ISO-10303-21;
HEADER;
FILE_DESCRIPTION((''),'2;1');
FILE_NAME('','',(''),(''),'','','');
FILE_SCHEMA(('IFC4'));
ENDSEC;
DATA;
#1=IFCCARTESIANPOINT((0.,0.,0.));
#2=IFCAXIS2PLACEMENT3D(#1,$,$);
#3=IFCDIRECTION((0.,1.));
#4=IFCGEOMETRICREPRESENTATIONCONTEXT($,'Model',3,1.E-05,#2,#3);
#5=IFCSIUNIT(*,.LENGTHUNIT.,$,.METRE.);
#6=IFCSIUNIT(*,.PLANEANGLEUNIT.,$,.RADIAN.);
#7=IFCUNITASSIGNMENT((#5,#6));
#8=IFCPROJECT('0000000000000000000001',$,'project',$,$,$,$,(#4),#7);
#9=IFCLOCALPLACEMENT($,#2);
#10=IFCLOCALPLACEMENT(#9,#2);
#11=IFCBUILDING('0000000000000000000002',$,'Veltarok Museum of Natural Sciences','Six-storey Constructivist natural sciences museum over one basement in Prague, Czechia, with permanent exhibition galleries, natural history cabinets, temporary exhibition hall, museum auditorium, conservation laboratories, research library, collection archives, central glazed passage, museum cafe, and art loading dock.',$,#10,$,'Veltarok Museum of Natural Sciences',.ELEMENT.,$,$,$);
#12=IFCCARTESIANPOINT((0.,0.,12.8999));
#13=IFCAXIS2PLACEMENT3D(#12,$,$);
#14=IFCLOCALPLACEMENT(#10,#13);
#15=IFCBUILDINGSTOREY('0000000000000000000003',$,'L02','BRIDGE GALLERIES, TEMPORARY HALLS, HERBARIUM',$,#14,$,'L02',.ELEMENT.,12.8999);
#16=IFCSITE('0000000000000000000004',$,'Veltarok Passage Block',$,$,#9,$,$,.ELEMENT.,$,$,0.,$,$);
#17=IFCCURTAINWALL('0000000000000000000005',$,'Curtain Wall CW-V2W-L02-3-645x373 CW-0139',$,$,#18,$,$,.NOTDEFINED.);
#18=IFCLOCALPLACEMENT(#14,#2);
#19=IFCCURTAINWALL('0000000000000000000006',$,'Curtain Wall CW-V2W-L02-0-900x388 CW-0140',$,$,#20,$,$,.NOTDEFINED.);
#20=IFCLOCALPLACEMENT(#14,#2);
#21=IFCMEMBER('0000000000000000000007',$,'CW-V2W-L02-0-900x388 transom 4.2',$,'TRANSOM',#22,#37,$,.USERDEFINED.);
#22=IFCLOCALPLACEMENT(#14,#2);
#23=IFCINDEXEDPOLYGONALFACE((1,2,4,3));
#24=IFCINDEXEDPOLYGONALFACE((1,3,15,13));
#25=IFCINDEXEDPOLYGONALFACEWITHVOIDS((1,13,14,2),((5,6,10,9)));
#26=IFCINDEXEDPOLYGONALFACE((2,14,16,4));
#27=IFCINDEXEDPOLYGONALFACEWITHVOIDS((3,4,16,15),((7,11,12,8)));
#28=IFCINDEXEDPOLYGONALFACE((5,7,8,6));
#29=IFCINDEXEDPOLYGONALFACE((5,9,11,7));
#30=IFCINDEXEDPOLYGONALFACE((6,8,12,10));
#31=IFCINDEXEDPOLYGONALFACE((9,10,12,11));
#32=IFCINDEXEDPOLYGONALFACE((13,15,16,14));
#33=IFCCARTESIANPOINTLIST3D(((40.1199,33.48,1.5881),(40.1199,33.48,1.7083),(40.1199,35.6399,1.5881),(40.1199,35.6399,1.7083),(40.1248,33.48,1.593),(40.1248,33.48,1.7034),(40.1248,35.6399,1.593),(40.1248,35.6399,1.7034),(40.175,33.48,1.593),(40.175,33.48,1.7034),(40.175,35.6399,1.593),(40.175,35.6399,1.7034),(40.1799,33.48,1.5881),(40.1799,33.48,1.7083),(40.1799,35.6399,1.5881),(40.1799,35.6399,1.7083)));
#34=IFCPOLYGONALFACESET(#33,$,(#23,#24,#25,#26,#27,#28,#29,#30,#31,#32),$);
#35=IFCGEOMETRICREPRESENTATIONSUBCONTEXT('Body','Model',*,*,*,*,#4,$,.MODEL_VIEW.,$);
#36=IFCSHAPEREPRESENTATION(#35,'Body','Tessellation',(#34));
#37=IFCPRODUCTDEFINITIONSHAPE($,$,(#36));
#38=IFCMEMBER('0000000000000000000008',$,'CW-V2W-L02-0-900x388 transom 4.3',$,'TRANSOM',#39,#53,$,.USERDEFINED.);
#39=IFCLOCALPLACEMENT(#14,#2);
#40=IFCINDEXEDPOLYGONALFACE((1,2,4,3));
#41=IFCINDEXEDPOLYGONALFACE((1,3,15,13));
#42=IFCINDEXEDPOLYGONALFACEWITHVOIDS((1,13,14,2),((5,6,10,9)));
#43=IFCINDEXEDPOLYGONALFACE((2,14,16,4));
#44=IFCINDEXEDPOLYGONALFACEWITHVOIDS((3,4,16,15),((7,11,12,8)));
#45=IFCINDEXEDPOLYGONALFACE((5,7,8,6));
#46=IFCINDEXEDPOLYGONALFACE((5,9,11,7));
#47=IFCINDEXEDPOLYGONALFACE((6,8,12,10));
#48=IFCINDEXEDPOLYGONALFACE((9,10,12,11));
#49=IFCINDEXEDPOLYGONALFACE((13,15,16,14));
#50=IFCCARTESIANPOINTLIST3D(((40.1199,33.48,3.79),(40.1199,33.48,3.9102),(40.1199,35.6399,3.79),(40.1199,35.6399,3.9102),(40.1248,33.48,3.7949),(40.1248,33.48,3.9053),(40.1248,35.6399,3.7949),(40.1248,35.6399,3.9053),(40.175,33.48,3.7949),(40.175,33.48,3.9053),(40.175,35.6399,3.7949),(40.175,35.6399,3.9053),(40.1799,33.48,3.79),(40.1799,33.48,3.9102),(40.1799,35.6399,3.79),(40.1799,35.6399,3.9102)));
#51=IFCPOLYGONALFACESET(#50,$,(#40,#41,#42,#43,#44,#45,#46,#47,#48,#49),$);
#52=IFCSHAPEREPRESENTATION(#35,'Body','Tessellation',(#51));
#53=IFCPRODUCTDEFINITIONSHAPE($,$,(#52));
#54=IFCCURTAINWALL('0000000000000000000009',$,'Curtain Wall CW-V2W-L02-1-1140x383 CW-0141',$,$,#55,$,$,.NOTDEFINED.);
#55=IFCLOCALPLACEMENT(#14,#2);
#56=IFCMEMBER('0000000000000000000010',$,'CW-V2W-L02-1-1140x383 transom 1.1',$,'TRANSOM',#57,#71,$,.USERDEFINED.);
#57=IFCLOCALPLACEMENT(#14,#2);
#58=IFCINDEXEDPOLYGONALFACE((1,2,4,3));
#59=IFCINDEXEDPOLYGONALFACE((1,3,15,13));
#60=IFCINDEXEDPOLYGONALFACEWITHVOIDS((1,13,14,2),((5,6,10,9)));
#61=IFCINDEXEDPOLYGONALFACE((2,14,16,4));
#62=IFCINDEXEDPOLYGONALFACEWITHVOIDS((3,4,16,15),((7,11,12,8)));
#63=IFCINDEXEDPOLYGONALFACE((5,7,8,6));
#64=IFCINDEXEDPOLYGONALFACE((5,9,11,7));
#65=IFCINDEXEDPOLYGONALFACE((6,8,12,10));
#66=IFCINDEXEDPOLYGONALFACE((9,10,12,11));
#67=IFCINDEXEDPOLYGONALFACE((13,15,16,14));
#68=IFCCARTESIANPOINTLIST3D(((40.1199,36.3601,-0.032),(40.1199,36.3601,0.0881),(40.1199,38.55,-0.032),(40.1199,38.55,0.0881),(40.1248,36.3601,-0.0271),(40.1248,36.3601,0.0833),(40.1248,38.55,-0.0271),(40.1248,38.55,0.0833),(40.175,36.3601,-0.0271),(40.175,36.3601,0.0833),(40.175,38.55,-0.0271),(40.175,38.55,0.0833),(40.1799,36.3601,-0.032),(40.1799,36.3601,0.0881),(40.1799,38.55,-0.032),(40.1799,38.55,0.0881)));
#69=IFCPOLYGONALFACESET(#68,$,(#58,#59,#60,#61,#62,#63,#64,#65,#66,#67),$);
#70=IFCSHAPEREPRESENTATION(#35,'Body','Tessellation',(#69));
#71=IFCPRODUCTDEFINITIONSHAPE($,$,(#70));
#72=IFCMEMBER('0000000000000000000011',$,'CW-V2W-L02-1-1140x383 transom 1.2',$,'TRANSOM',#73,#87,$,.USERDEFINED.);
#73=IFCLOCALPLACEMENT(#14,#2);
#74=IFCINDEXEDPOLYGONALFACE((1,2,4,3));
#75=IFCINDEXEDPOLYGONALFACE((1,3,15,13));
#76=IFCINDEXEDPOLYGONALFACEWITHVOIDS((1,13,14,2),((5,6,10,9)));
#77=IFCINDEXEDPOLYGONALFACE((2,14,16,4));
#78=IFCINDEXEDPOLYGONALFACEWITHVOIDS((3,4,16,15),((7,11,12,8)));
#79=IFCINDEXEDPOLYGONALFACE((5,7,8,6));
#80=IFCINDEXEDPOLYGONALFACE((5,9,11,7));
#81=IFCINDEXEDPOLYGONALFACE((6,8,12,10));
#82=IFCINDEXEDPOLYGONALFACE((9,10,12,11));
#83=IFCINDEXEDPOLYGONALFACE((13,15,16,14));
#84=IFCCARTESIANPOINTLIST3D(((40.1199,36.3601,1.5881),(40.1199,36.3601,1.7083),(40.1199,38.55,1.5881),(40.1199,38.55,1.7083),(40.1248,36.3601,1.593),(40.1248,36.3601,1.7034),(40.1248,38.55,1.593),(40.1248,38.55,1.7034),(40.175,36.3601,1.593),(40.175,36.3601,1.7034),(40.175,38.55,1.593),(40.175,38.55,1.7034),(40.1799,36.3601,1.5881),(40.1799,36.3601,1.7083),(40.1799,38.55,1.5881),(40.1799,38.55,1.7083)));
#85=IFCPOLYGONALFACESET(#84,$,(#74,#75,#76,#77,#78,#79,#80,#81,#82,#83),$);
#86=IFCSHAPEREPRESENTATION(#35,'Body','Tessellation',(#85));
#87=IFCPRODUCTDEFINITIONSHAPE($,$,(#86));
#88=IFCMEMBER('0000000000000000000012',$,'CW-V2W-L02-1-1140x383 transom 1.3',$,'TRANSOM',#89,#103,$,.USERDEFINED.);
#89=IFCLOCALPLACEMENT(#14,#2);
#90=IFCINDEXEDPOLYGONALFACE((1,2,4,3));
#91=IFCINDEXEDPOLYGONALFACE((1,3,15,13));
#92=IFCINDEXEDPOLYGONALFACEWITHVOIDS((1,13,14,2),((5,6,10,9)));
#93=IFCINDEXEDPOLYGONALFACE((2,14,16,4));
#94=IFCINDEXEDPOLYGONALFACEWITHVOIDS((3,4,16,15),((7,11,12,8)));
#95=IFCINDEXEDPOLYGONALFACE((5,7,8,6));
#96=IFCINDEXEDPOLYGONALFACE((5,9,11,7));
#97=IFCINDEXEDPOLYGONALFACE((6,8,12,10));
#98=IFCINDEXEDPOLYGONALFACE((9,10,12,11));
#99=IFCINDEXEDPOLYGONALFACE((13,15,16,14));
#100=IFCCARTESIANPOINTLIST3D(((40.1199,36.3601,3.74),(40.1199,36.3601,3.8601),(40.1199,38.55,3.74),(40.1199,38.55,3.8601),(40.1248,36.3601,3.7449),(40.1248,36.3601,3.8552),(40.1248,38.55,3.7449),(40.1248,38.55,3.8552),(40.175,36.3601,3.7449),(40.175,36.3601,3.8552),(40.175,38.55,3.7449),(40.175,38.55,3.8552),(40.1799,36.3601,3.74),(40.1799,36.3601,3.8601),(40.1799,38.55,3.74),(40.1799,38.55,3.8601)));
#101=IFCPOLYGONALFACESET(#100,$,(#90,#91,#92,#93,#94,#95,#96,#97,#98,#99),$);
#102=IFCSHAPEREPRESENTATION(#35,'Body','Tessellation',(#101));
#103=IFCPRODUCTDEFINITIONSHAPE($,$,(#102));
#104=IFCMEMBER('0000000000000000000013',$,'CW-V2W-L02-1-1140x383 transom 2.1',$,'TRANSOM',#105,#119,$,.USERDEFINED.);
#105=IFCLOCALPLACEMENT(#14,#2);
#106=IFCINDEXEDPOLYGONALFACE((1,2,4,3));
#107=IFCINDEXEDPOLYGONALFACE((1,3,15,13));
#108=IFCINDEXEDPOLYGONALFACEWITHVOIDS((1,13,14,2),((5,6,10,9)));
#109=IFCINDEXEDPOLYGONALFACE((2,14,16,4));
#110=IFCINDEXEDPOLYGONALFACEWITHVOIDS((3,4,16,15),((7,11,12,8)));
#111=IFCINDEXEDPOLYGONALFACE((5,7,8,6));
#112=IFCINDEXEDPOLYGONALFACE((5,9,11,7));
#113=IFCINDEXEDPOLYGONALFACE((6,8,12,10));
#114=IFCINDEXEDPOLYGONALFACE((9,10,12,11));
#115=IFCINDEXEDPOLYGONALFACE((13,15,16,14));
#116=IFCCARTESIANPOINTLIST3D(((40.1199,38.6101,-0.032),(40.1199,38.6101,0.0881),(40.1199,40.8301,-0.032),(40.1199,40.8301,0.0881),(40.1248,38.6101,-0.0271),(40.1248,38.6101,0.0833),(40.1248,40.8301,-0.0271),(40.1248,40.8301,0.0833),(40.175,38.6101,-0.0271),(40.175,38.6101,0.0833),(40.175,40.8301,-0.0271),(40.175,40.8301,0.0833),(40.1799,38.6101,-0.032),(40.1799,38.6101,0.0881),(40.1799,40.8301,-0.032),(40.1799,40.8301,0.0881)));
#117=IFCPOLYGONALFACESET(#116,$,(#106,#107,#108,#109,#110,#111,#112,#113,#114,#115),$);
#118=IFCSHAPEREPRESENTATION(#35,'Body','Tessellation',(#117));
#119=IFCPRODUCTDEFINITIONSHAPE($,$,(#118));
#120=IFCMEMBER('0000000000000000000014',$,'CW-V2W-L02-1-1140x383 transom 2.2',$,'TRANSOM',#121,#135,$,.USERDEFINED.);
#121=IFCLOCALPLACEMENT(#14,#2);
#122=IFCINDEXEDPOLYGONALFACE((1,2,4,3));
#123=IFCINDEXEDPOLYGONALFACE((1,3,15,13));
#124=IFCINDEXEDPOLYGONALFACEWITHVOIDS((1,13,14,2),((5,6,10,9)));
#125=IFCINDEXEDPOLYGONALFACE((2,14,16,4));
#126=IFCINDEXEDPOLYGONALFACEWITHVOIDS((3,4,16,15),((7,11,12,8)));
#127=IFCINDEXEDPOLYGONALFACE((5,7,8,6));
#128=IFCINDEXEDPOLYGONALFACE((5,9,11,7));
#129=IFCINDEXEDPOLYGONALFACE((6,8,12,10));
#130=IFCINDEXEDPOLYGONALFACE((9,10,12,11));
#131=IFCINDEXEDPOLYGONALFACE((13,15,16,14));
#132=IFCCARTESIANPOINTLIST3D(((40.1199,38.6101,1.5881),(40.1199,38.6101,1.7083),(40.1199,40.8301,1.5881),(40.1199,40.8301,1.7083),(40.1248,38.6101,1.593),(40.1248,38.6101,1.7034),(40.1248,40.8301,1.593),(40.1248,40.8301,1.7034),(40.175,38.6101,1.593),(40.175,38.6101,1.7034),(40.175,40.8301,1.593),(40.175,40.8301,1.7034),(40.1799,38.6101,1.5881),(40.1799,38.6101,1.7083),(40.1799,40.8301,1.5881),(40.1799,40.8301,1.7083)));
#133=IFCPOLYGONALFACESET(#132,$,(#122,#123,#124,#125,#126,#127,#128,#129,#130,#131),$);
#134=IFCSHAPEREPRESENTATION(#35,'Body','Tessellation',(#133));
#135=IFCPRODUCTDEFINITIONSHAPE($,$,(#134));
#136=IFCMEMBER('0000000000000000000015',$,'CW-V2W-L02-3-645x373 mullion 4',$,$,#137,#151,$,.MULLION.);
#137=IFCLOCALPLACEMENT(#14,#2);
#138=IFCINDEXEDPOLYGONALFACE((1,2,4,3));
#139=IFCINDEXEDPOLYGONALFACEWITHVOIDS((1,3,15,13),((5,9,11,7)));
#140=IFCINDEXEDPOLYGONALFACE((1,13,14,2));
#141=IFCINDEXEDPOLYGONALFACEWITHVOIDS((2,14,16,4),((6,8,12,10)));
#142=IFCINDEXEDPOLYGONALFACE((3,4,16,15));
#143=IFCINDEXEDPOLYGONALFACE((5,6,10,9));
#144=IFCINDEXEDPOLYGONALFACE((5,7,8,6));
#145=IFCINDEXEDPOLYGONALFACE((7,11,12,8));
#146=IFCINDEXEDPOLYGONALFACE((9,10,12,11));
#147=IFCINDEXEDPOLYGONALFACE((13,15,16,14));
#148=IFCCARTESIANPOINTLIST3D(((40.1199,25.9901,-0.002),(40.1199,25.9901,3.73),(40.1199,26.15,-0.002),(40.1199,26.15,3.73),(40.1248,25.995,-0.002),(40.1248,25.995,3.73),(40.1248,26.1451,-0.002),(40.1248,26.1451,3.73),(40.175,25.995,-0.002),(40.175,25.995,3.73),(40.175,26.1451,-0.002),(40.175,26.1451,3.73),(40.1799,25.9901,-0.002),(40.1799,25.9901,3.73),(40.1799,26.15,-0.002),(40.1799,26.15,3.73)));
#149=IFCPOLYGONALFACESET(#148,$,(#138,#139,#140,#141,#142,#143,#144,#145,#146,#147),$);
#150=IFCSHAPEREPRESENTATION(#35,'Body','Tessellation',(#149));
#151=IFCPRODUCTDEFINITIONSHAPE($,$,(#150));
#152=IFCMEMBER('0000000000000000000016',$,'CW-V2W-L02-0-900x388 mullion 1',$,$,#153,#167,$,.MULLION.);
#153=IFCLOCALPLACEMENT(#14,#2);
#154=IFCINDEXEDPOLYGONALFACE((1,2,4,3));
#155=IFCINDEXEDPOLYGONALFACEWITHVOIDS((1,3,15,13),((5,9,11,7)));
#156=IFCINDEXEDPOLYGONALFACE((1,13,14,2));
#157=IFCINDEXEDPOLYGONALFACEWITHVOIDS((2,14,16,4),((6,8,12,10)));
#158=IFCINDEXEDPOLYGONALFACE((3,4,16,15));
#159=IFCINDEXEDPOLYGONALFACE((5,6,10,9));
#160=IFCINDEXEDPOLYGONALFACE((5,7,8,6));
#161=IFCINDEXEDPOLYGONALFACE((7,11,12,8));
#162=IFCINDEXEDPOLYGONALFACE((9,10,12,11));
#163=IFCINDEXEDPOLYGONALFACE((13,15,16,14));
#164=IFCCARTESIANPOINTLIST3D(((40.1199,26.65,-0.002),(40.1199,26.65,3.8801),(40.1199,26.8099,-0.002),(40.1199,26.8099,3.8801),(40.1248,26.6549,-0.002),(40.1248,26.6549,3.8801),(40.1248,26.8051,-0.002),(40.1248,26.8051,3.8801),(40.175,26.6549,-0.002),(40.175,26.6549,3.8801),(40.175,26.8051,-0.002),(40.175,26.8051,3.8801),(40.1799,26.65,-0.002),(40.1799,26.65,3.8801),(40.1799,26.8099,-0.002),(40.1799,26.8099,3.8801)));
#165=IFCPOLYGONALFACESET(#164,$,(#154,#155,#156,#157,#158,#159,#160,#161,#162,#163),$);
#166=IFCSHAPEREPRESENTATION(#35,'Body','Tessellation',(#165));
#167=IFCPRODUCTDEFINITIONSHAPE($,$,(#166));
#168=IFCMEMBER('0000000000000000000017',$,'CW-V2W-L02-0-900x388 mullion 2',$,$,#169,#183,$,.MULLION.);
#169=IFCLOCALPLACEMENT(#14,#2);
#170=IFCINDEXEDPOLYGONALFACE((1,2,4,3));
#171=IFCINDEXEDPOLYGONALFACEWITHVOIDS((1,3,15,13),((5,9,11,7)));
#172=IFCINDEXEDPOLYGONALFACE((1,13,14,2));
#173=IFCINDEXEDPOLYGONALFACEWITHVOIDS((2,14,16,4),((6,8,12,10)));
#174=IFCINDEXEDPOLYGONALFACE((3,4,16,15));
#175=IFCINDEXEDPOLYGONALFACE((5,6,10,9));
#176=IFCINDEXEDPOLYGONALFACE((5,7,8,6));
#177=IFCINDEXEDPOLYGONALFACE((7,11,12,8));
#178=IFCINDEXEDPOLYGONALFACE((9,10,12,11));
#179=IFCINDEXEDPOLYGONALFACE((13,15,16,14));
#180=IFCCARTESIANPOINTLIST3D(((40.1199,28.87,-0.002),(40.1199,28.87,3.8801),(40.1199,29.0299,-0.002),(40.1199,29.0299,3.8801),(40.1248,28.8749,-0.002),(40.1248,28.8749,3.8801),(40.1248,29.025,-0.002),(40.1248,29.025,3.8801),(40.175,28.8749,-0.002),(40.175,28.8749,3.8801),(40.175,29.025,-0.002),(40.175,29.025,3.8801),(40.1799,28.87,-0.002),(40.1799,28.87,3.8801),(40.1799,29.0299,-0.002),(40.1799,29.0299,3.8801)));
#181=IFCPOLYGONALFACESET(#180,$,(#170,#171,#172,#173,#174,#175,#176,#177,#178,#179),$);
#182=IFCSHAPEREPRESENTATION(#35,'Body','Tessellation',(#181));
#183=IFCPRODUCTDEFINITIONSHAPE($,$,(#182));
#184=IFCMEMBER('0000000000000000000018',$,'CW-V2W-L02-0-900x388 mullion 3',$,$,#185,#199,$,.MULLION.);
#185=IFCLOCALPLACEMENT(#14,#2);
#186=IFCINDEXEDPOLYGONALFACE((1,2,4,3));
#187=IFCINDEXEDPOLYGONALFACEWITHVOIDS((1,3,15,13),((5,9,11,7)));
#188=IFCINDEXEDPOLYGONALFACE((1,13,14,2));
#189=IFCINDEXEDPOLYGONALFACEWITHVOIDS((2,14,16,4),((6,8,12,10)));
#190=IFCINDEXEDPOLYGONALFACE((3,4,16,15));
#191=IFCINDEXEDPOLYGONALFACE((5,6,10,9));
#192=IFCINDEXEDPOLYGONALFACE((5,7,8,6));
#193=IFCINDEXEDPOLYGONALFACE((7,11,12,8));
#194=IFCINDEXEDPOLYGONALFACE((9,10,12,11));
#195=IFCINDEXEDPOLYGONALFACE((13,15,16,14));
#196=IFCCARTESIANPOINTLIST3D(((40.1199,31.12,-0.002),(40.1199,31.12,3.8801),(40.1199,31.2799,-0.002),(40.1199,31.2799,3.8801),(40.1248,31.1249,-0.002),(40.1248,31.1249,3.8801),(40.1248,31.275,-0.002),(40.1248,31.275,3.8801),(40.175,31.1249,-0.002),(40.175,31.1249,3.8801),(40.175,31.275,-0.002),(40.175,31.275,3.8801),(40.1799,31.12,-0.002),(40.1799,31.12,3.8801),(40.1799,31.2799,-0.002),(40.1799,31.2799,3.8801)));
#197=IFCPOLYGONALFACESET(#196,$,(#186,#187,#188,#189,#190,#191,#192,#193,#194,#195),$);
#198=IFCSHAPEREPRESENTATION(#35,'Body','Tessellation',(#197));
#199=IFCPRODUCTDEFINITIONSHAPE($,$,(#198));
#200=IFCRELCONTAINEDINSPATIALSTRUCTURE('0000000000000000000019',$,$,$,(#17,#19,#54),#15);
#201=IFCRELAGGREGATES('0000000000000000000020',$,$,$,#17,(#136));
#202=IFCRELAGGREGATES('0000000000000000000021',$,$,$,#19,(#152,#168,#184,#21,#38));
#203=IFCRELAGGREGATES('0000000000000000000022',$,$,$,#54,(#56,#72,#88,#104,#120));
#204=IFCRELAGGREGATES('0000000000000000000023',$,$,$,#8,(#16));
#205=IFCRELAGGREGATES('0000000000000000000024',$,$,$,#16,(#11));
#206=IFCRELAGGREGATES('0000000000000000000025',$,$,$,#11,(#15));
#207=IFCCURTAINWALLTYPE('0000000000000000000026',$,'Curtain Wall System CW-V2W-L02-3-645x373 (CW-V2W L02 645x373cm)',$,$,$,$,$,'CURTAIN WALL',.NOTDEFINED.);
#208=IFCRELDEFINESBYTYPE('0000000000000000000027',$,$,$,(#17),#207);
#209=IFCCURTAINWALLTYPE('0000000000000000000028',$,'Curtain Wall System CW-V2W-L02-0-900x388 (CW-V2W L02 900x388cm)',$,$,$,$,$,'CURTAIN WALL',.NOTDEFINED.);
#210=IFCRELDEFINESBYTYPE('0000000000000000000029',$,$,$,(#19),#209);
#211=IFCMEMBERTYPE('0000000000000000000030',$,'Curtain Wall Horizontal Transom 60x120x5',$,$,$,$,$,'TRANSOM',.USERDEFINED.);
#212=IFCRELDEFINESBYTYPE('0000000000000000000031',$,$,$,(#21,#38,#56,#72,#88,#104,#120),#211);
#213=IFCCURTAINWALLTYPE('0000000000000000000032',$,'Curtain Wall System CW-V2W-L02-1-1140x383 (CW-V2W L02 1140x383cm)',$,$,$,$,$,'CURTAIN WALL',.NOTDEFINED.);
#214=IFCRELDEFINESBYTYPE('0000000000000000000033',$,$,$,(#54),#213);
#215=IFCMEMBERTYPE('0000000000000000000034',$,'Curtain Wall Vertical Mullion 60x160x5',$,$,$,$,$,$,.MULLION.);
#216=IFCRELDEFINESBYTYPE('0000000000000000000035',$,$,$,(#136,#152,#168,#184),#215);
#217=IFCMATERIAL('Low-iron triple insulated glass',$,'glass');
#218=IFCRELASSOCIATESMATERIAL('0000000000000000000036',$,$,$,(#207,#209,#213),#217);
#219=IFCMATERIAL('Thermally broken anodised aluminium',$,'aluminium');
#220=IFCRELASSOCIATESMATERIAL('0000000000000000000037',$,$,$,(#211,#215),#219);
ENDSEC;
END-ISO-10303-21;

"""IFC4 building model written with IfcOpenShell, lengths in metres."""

from ifc_helpers import new_model, si_unit, direction, frame, origin, origin_2d, place, context, subcontext, project, spatial, hollow_rectangle, extrude, material, material_profile, profile_set, type_object, element, aggregate, save


model = new_model("IFC4")

# Units and contexts
model_context = context("Model", 3, precision=1e-05, world=origin(), true_north=direction((0.0, 1.0)))
body_context = subcontext(model_context, "Body", "Model", "MODEL_VIEW")
ifc_project = project(units=[si_unit("LENGTHUNIT", "METRE"), si_unit("PLANEANGLEUNIT", "RADIAN")], contexts=[model_context])

# Site, building, storey
site_placement = place(None, origin())
site = spatial("IfcSite", under=ifc_project, at=site_placement, Name="Veltarok Passage Block", CompositionType="ELEMENT", RefElevation=0.0)
building_placement = place(site_placement, origin())
building = spatial("IfcBuilding", under=site, at=building_placement, Name="Veltarok Museum of Natural Sciences", Description="Six-storey Constructivist natural sciences museum over one basement in Prague, Czechia, with permanent exhibition galleries, natural history cabinets, temporary exhibition hall, museum auditorium, conservation laboratories, research library, collection archives, central glazed passage, museum cafe, and art loading dock.", LongName="Veltarok Museum of Natural Sciences", CompositionType="ELEMENT")
storey_placement = place(building_placement, frame((0.0, 0.0, 12.8999)))
storey = spatial("IfcBuildingStorey", under=building, at=storey_placement, Name="L02", Description="BRIDGE GALLERIES, TEMPORARY HALLS, HERBARIUM", LongName="L02", CompositionType="ELEMENT", Elevation=12.8999)

# Curtain wall
ifc_material_1 = material(Name="Low-iron triple insulated glass", Category="glass")
curtain_wall_type_1 = type_object("IfcCurtainWallType", Name="Curtain Wall System CW-V2W-L02-3-645x373 (CW-V2W L02 645x373cm)", ElementType="CURTAIN WALL", PredefinedType="NOTDEFINED", material=ifc_material_1)
curtain_wall_1_placement = place(storey_placement, origin())
curtain_wall_1 = element("IfcCurtainWall", 1, at=curtain_wall_1_placement, inside=storey, type_object=curtain_wall_type_1, Name="Curtain Wall CW-V2W-L02-3-645x373 CW-0139", PredefinedType="NOTDEFINED")
ifc_material_2 = material(Name="Thermally broken anodised aluminium", Category="aluminium")
ifc_material_profile_1 = material_profile(ifc_material_2, hollow_rectangle(XDim=0.0601, YDim=0.1201, WallThickness=0.0049, at=origin_2d()), Name="CW TRANSOM 60x120x5")
ifc_profile_set_1 = profile_set([ifc_material_profile_1], Name="Thermally broken anodised aluminium")
member_type_1 = type_object("IfcMemberType", Name="Curtain Wall Horizontal Transom 60x120x5", ElementType="TRANSOM", PredefinedType="USERDEFINED", material=ifc_profile_set_1)

# Curtain walls, members
curtain_wall_type_2 = type_object("IfcCurtainWallType", Name="Curtain Wall System CW-V2W-L02-0-900x388 (CW-V2W L02 900x388cm)", ElementType="CURTAIN WALL", PredefinedType="NOTDEFINED", material=ifc_material_1)
curtain_wall_2_placement = place(storey_placement, origin())
curtain_wall_2 = element("IfcCurtainWall", 2, at=curtain_wall_2_placement, inside=storey, type_object=curtain_wall_type_2, Name="Curtain Wall CW-V2W-L02-0-900x388 CW-0140", PredefinedType="NOTDEFINED")
member_1_placement = place(storey_placement, frame((40.1499, 33.48, 1.6482), z_axis=(0.0, 1.0, 0.0), x_axis=(-1.0, 0.0, 0.0)))
member_1 = element("IfcMember", 3, at=member_1_placement, type_object=member_type_1, Name="CW-V2W-L02-0-900x388 transom 4.2", ObjectType="TRANSOM", PredefinedType="USERDEFINED", context=body_context, shape_type="SweptSolid", body=[
    extrude(hollow_rectangle(XDim=0.0601, YDim=0.1201, WallThickness=0.0049, at=origin_2d()), origin(), (0.0, 0.0, 1.0), 2.1599),
])
member_2_placement = place(storey_placement, frame((40.1499, 33.48, 3.8501), z_axis=(0.0, 1.0, 0.0), x_axis=(-1.0, 0.0, 0.0)))
member_2 = element("IfcMember", 4, at=member_2_placement, type_object=member_type_1, Name="CW-V2W-L02-0-900x388 transom 4.3", ObjectType="TRANSOM", PredefinedType="USERDEFINED", context=body_context, shape_type="SweptSolid", body=[
    extrude(hollow_rectangle(XDim=0.0601, YDim=0.1201, WallThickness=0.0049, at=origin_2d()), origin(), (0.0, 0.0, 1.0), 2.1599),
])
curtain_wall_type_3 = type_object("IfcCurtainWallType", Name="Curtain Wall System CW-V2W-L02-1-1140x383 (CW-V2W L02 1140x383cm)", ElementType="CURTAIN WALL", PredefinedType="NOTDEFINED", material=ifc_material_1)
curtain_wall_3_placement = place(storey_placement, origin())
curtain_wall_3 = element("IfcCurtainWall", 5, at=curtain_wall_3_placement, inside=storey, type_object=curtain_wall_type_3, Name="Curtain Wall CW-V2W-L02-1-1140x383 CW-0141", PredefinedType="NOTDEFINED")
member_3_placement = place(storey_placement, frame((40.1499, 36.3601, 0.0281), z_axis=(0.0, 1.0, 0.0), x_axis=(-1.0, 0.0, 0.0)))
member_3 = element("IfcMember", 6, at=member_3_placement, type_object=member_type_1, Name="CW-V2W-L02-1-1140x383 transom 1.1", ObjectType="TRANSOM", PredefinedType="USERDEFINED", context=body_context, shape_type="SweptSolid", body=[
    extrude(hollow_rectangle(XDim=0.0601, YDim=0.1201, WallThickness=0.0049, at=origin_2d()), origin(), (0.0, 0.0, 1.0), 2.1899),
])
member_4_placement = place(storey_placement, frame((40.1499, 36.3601, 1.6482), z_axis=(0.0, 1.0, 0.0), x_axis=(-1.0, 0.0, 0.0)))
member_4 = element("IfcMember", 7, at=member_4_placement, type_object=member_type_1, Name="CW-V2W-L02-1-1140x383 transom 1.2", ObjectType="TRANSOM", PredefinedType="USERDEFINED", context=body_context, shape_type="SweptSolid", body=[
    extrude(hollow_rectangle(XDim=0.0601, YDim=0.1201, WallThickness=0.0049, at=origin_2d()), origin(), (0.0, 0.0, 1.0), 2.1899),
])
member_5_placement = place(storey_placement, frame((40.1499, 36.3601, 3.8), z_axis=(0.0, 1.0, 0.0), x_axis=(-1.0, 0.0, 0.0)))
member_5 = element("IfcMember", 8, at=member_5_placement, type_object=member_type_1, Name="CW-V2W-L02-1-1140x383 transom 1.3", ObjectType="TRANSOM", PredefinedType="USERDEFINED", context=body_context, shape_type="SweptSolid", body=[
    extrude(hollow_rectangle(XDim=0.0601, YDim=0.1201, WallThickness=0.0049, at=origin_2d()), origin(), (0.0, 0.0, 1.0), 2.1899),
])
member_6_placement = place(storey_placement, frame((40.1499, 38.6101, 0.0281), z_axis=(0.0, 1.0, 0.0), x_axis=(-1.0, 0.0, 0.0)))
member_6 = element("IfcMember", 9, at=member_6_placement, type_object=member_type_1, Name="CW-V2W-L02-1-1140x383 transom 2.1", ObjectType="TRANSOM", PredefinedType="USERDEFINED", context=body_context, shape_type="SweptSolid", body=[
    extrude(hollow_rectangle(XDim=0.0601, YDim=0.1201, WallThickness=0.0049, at=origin_2d()), origin(), (0.0, 0.0, 1.0), 2.22),
])
member_7_placement = place(storey_placement, frame((40.1499, 38.6101, 1.6482), z_axis=(0.0, 1.0, 0.0), x_axis=(-1.0, 0.0, 0.0)))
member_7 = element("IfcMember", 10, at=member_7_placement, type_object=member_type_1, Name="CW-V2W-L02-1-1140x383 transom 2.2", ObjectType="TRANSOM", PredefinedType="USERDEFINED", context=body_context, shape_type="SweptSolid", body=[
    extrude(hollow_rectangle(XDim=0.0601, YDim=0.1201, WallThickness=0.0049, at=origin_2d()), origin(), (0.0, 0.0, 1.0), 2.22),
])

# Members
ifc_material_profile_2 = material_profile(ifc_material_2, hollow_rectangle(XDim=0.0601, YDim=0.1599, WallThickness=0.0049, at=origin_2d()), Name="CW MULLION 60x160x5")
ifc_profile_set_2 = profile_set([ifc_material_profile_2], Name="Thermally broken anodised aluminium")
member_type_2 = type_object("IfcMemberType", Name="Curtain Wall Vertical Mullion 60x160x5", PredefinedType="MULLION", material=ifc_profile_set_2)
member_8_placement = place(storey_placement, frame((40.1499, 26.0701, -0.002), z_axis=(0.0, 0.0, 1.0), x_axis=(-1.0, 0.0, 0.0)))
member_8 = element("IfcMember", 11, at=member_8_placement, type_object=member_type_2, Name="CW-V2W-L02-3-645x373 mullion 4", PredefinedType="MULLION", context=body_context, shape_type="SweptSolid", body=[
    extrude(hollow_rectangle(XDim=0.0601, YDim=0.1599, WallThickness=0.0049, at=origin_2d()), origin(), (0.0, 0.0, 1.0), 3.7319),
])
member_9_placement = place(storey_placement, frame((40.1499, 26.73, -0.002), z_axis=(0.0, 0.0, 1.0), x_axis=(-1.0, 0.0, 0.0)))
member_9 = element("IfcMember", 12, at=member_9_placement, type_object=member_type_2, Name="CW-V2W-L02-0-900x388 mullion 1", PredefinedType="MULLION", context=body_context, shape_type="SweptSolid", body=[
    extrude(hollow_rectangle(XDim=0.0601, YDim=0.1599, WallThickness=0.0049, at=origin_2d()), origin(), (0.0, 0.0, 1.0), 3.8821),
])
member_10_placement = place(storey_placement, frame((40.1499, 28.95, -0.002), z_axis=(0.0, 0.0, 1.0), x_axis=(-1.0, 0.0, 0.0)))
member_10 = element("IfcMember", 13, at=member_10_placement, type_object=member_type_2, Name="CW-V2W-L02-0-900x388 mullion 2", PredefinedType="MULLION", context=body_context, shape_type="SweptSolid", body=[
    extrude(hollow_rectangle(XDim=0.0601, YDim=0.1599, WallThickness=0.0049, at=origin_2d()), origin(), (0.0, 0.0, 1.0), 3.8821),
])
member_11_placement = place(storey_placement, frame((40.1499, 31.2, -0.002), z_axis=(0.0, 0.0, 1.0), x_axis=(-1.0, 0.0, 0.0)))
member_11 = element("IfcMember", 14, at=member_11_placement, type_object=member_type_2, Name="CW-V2W-L02-0-900x388 mullion 3", PredefinedType="MULLION", context=body_context, shape_type="SweptSolid", body=[
    extrude(hollow_rectangle(XDim=0.0601, YDim=0.1599, WallThickness=0.0049, at=origin_2d()), origin(), (0.0, 0.0, 1.0), 3.8821),
])

aggregate(curtain_wall_1, [member_8])
aggregate(curtain_wall_2, [member_9, member_10, member_11, member_1, member_2])
aggregate(curtain_wall_3, [member_3, member_4, member_5, member_6, member_7])

save(model, "model.ifc")
